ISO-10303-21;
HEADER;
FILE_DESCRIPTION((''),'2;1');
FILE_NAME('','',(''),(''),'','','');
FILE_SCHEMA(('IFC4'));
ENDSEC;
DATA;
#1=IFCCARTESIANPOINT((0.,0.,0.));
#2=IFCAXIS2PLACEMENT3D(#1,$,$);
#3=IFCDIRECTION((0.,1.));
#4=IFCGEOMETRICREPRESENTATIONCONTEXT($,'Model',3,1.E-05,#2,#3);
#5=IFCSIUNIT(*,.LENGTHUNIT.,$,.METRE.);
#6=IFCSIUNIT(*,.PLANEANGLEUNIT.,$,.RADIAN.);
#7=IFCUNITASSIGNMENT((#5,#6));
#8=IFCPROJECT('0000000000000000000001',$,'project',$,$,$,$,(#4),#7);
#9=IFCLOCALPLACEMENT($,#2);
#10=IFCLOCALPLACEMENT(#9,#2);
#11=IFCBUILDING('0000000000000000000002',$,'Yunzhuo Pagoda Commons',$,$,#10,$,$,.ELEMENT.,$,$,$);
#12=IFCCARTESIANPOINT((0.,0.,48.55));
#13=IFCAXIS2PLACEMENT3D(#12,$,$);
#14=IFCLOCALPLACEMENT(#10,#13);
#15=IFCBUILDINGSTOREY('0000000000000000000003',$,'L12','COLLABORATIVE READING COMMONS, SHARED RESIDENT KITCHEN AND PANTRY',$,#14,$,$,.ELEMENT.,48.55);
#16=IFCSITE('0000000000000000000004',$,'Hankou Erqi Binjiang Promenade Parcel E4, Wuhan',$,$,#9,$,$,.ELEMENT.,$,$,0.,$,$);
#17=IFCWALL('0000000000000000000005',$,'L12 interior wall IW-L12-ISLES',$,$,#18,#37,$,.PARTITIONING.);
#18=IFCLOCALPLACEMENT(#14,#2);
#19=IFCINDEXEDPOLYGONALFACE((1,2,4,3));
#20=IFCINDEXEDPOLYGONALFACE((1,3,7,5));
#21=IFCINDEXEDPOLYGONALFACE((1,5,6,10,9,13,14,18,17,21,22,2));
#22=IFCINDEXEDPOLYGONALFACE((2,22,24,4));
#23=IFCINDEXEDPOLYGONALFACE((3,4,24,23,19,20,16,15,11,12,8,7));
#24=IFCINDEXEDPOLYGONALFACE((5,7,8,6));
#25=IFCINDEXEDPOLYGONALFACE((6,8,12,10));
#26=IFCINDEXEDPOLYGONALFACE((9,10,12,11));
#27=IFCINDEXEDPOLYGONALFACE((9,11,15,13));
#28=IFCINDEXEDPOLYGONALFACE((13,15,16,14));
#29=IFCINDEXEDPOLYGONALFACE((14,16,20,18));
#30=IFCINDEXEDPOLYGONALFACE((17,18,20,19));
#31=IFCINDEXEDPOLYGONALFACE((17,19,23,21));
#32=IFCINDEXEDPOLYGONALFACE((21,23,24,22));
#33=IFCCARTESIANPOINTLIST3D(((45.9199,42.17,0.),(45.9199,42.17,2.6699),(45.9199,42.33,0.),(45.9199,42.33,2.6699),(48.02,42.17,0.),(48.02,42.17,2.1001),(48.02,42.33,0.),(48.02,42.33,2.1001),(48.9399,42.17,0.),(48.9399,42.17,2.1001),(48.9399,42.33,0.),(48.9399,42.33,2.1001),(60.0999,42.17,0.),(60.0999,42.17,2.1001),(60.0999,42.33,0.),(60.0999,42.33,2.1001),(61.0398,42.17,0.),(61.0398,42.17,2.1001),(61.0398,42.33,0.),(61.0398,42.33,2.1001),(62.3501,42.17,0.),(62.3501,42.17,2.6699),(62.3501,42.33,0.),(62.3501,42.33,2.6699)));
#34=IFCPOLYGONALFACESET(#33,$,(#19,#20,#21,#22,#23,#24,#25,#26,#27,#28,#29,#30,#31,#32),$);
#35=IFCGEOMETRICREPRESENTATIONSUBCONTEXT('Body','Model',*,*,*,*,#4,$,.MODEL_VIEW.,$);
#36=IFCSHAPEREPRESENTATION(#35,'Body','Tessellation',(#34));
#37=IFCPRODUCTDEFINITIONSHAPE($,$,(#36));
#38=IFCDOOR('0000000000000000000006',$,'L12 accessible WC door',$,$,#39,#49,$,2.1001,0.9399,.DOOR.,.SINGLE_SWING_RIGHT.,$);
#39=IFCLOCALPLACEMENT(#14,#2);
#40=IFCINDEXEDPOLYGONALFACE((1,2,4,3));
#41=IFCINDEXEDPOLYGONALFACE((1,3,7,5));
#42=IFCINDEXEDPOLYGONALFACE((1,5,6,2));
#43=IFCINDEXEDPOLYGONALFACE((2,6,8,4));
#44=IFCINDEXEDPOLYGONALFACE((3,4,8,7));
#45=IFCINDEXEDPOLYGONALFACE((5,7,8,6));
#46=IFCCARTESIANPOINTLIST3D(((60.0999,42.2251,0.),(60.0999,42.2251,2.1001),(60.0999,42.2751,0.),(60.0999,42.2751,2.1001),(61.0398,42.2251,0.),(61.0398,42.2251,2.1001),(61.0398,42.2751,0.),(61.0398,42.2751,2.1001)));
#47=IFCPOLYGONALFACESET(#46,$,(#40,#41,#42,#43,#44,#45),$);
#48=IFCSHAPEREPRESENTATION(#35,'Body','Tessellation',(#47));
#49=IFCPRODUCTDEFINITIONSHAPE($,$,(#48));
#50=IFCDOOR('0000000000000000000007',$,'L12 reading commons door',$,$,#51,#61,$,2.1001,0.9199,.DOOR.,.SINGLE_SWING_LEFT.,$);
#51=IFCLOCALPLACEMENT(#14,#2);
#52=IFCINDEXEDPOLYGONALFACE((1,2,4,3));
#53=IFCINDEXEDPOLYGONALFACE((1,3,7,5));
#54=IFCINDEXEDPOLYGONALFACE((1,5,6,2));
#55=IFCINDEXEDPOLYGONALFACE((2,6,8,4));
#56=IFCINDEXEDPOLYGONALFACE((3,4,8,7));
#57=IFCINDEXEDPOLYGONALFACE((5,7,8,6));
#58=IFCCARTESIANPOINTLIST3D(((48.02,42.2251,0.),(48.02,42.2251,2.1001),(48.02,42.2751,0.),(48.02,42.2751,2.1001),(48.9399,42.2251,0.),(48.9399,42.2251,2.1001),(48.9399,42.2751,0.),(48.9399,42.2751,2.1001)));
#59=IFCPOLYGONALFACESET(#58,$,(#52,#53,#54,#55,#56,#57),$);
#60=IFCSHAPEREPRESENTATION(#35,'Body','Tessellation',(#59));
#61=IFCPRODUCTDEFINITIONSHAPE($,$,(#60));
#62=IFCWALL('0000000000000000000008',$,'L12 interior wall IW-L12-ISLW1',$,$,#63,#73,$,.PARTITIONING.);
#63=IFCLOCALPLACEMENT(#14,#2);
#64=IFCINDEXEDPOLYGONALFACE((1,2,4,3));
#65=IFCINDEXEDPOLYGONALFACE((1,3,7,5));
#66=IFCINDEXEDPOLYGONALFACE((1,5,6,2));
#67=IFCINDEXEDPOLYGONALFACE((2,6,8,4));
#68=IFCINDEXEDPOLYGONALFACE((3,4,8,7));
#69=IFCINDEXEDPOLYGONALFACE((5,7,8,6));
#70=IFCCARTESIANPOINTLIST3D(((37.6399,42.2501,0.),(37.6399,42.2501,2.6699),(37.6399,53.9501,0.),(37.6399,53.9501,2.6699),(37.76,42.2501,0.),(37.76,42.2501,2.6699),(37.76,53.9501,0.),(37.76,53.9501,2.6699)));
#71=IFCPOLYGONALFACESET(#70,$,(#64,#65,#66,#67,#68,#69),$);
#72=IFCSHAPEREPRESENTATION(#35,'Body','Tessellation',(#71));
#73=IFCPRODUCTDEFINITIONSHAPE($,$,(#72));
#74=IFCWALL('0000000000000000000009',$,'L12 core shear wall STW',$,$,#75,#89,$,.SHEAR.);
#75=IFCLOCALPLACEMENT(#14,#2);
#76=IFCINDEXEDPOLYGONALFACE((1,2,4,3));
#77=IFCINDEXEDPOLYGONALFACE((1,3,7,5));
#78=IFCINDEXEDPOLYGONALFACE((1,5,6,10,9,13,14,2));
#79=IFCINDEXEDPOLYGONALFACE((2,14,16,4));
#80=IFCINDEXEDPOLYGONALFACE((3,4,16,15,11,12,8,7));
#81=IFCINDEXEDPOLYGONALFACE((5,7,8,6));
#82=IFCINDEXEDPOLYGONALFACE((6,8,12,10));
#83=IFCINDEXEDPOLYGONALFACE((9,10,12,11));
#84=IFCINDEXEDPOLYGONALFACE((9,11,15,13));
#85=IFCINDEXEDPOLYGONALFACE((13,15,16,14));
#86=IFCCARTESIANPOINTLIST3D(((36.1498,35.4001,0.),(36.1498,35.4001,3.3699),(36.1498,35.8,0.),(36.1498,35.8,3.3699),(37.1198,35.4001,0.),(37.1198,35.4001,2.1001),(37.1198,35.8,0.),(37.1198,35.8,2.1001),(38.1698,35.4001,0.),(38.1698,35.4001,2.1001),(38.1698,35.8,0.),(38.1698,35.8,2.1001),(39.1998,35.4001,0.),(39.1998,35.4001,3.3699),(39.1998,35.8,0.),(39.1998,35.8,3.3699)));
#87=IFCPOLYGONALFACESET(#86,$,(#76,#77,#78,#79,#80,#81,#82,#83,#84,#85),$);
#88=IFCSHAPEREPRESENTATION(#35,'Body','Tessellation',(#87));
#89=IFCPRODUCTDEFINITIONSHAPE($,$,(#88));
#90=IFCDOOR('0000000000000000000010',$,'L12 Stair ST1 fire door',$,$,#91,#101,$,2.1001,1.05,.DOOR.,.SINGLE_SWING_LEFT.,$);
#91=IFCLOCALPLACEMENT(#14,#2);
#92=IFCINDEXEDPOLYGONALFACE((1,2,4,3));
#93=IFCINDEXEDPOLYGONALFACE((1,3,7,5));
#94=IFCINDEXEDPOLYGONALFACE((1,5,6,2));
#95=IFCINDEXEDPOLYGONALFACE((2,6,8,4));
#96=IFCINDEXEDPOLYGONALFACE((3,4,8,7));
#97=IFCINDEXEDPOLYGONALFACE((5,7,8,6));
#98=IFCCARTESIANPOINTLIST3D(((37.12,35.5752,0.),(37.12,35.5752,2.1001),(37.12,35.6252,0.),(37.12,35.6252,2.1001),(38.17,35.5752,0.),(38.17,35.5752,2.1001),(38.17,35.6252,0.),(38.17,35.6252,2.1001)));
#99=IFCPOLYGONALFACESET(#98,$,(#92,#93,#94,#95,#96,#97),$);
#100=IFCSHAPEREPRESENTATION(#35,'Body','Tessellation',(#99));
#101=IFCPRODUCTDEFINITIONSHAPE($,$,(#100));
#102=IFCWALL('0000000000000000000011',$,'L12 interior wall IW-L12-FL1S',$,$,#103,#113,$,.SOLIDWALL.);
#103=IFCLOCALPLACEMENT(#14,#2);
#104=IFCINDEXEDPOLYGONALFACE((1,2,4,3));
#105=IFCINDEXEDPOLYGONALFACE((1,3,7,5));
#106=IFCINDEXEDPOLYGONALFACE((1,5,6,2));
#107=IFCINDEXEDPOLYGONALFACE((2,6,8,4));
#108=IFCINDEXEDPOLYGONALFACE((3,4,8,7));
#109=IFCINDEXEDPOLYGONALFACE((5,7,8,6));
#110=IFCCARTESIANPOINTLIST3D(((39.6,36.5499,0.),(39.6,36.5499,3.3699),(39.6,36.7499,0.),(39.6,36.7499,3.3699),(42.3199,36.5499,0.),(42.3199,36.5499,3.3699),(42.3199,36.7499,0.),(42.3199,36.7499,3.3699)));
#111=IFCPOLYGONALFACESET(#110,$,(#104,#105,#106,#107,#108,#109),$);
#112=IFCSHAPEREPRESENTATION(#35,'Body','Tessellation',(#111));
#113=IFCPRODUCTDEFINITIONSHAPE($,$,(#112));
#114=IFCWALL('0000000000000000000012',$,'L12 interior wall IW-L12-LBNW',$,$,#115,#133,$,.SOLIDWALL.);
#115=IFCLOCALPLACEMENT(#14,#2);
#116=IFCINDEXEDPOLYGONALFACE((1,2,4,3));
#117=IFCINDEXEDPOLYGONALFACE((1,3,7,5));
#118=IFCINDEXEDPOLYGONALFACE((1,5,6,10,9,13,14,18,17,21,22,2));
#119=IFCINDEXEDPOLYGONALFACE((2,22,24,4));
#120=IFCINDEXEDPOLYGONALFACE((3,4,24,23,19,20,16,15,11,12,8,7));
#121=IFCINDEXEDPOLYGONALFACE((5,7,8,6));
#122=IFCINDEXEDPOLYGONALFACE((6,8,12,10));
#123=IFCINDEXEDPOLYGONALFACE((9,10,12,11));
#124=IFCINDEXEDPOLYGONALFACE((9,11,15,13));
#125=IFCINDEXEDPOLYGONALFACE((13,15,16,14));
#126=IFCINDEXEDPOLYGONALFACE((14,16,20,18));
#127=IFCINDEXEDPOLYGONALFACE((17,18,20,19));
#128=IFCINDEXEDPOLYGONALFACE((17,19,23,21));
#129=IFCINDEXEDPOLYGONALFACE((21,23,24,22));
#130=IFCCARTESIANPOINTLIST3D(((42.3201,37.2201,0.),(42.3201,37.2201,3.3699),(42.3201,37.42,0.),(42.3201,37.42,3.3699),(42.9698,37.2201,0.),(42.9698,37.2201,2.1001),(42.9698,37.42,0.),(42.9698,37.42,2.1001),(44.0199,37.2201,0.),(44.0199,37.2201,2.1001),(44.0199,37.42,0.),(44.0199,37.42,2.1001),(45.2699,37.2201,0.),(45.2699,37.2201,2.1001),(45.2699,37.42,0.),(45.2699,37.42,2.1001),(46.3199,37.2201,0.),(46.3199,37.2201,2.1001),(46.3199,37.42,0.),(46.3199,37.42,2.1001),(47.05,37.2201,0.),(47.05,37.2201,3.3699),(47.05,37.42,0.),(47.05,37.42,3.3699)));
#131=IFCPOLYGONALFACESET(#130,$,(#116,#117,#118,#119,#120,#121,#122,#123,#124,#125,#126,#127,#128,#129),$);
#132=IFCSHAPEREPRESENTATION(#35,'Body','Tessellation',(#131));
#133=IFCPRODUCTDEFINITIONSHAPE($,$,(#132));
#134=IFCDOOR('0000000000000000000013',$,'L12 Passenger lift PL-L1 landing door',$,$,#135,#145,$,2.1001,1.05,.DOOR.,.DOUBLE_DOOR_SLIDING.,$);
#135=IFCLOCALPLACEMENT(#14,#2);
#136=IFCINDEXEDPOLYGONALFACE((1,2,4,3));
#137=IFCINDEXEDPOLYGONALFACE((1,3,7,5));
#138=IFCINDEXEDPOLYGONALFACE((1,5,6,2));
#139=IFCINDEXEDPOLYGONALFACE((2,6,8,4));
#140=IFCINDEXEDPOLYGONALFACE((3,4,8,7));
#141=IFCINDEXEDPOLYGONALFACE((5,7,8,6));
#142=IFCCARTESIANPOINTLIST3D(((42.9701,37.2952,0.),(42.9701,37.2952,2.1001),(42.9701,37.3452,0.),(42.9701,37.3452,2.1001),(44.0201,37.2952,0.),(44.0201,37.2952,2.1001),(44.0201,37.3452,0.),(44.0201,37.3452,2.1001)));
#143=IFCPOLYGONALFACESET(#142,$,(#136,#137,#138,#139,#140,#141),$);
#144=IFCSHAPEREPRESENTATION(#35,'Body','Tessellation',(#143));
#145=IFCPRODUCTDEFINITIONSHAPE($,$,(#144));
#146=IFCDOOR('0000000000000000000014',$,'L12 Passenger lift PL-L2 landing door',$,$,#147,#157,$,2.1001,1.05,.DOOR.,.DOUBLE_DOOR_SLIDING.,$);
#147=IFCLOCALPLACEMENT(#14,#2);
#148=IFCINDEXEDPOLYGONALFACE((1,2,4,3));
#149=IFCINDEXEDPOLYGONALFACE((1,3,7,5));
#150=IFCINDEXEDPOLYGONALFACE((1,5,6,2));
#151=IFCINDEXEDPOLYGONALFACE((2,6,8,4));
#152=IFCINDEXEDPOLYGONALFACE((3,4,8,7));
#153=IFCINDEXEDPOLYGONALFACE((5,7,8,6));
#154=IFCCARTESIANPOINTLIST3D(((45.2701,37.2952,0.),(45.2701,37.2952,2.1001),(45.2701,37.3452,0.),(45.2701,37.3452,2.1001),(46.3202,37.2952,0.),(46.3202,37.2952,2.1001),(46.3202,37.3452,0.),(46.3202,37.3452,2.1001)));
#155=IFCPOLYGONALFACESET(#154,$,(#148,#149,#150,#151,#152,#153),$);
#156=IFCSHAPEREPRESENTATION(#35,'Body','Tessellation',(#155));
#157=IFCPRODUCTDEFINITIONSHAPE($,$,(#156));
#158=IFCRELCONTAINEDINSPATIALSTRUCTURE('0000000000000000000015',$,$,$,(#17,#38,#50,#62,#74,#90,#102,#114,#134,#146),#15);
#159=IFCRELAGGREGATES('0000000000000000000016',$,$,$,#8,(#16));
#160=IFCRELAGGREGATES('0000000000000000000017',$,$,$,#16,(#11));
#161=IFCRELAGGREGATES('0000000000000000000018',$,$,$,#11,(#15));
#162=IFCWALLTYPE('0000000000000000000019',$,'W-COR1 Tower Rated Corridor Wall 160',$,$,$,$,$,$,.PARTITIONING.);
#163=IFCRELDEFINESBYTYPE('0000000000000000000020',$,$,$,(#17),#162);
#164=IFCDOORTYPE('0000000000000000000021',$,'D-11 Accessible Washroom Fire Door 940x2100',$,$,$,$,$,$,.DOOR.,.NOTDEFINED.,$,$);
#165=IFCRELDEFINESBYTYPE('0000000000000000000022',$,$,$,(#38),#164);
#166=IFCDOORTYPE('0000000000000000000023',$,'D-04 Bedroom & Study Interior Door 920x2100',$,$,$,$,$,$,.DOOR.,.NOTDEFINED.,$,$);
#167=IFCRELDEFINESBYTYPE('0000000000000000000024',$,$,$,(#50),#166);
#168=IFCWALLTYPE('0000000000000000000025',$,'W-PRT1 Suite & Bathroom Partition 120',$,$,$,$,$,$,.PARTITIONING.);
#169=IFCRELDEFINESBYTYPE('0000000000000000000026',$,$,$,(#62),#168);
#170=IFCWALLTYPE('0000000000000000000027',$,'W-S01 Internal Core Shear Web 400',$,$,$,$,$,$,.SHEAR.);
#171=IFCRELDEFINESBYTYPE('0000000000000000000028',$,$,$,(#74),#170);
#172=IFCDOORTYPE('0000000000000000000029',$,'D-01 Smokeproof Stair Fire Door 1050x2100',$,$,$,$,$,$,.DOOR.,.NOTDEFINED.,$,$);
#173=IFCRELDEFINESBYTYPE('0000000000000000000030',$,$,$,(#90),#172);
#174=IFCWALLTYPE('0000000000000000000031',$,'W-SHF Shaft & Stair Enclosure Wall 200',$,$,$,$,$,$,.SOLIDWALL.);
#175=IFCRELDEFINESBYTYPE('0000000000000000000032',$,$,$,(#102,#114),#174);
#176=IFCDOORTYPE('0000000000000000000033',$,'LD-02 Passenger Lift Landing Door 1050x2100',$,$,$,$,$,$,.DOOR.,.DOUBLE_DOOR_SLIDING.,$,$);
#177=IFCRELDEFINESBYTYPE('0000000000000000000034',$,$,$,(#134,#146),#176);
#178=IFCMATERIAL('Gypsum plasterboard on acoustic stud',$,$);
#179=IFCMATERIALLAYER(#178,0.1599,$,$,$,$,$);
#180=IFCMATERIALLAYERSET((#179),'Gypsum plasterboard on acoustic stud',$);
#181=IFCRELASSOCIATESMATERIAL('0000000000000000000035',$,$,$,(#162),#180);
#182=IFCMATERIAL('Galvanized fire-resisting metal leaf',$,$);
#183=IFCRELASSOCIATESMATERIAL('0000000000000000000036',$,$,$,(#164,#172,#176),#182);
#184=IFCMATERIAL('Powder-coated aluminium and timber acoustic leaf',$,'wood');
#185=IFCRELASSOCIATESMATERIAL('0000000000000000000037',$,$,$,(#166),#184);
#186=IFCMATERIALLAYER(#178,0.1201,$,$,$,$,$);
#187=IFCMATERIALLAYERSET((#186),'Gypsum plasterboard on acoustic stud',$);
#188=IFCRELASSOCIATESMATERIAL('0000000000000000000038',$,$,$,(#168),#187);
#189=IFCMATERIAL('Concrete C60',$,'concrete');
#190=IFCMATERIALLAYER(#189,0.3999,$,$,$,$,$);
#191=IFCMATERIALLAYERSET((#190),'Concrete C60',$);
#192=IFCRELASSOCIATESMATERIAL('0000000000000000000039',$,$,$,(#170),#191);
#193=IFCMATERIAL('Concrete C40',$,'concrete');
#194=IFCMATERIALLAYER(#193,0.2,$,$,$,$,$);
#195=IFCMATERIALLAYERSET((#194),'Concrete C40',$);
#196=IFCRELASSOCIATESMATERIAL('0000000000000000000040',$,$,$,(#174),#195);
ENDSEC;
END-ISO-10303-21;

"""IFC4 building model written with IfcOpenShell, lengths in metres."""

from ifc_helpers import new_model, si_unit, direction, frame, frame_2d, origin, place, context, subcontext, project, spatial, rectangle, extrude, source, transform, mapped, material, layer, layer_set, type_object, element, fill, save


model = new_model("IFC4")

# Units and contexts
model_context = context("Model", 3, precision=1e-05, world=origin(), true_north=direction((0.0, 1.0)))
body_context = subcontext(model_context, "Body", "Model", "MODEL_VIEW")
ifc_project = project(units=[si_unit("LENGTHUNIT", "METRE"), si_unit("PLANEANGLEUNIT", "RADIAN")], contexts=[model_context])

# Site, building, storey
site_placement = place(None, origin())
site = spatial("IfcSite", under=ifc_project, at=site_placement, Name="Hankou Erqi Binjiang Promenade Parcel E4, Wuhan", CompositionType="ELEMENT", RefElevation=0.0)
building_placement = place(site_placement, origin())
building = spatial("IfcBuilding", under=site, at=building_placement, Name="Yunzhuo Pagoda Commons", CompositionType="ELEMENT")
storey_placement = place(building_placement, frame((0.0, 0.0, 48.55)))
storey = spatial("IfcBuildingStorey", under=building, at=storey_placement, Name="L12", Description="COLLABORATIVE READING COMMONS, SHARED RESIDENT KITCHEN AND PANTRY", CompositionType="ELEMENT", Elevation=48.55)

# Shared definitions
ifc_material_1 = material(Name="Concrete C60", Category="concrete")
ifc_material_2 = material(Name="Galvanized fire-resisting metal leaf")
shared_shape_1 = source(origin(), body_context, "Body", "SweptSolid", [
    extrude(rectangle(XDim=1.05, YDim=2.1001, at=frame_2d((0.5249, 1.05))), frame((0.0, 0.0249, 0.0), z_axis=(0.0, -1.0, 0.0), x_axis=(1.0, 0.0, 0.0)), (0.0, 0.0, 1.0), 0.05),
])

# Shared definitions
ifc_material_3 = material(Name="Gypsum plasterboard on acoustic stud")
ifc_layer_1 = layer(ifc_material_3, 0.1599)
ifc_layer_set_1 = layer_set([ifc_layer_1], Name="Gypsum plasterboard on acoustic stud")
wall_type_1 = type_object("IfcWallType", Name="W-COR1 Tower Rated Corridor Wall 160", PredefinedType="PARTITIONING", material=ifc_layer_set_1)

# Wall, openings, doors
wall_1_placement = place(storey_placement, frame((45.9199, 42.25, 0.0), z_axis=(0.0, 0.0, 1.0), x_axis=(1.0, 0.0, 0.0)))
wall_1 = element("IfcWall", 1, at=wall_1_placement, inside=storey, type_object=wall_type_1, Name="L12 interior wall IW-L12-ISLES", PredefinedType="PARTITIONING", context=body_context, shape_type="SweptSolid", body=[
    extrude(rectangle(XDim=16.4302, YDim=0.1599, at=frame_2d((8.2151, 0.0))), origin(), (0.0, 0.0, 1.0), 2.6699),
])
opening_1_placement = place(wall_1_placement, frame((2.1001, 0.0, 0.0)))
opening_1 = element("IfcOpeningElement", 2, at=opening_1_placement, cuts=wall_1, PredefinedType="OPENING", context=body_context, shape_type="SweptSolid", body=[
    extrude(rectangle(XDim=0.9199, YDim=2.1001, at=frame_2d((0.46, 1.05))), frame((0.0, 0.0898, 0.0), z_axis=(0.0, -1.0, 0.0), x_axis=(1.0, 0.0, 0.0)), (0.0, 0.0, 1.0), 0.1799),
])
opening_2_placement = place(wall_1_placement, frame((14.1799, 0.0, 0.0)))
opening_2 = element("IfcOpeningElement", 3, at=opening_2_placement, cuts=wall_1, PredefinedType="OPENING", context=body_context, shape_type="SweptSolid", body=[
    extrude(rectangle(XDim=0.9399, YDim=2.1001, at=frame_2d((0.47, 1.05))), frame((0.0, 0.0898, 0.0), z_axis=(0.0, -1.0, 0.0), x_axis=(1.0, 0.0, 0.0)), (0.0, 0.0, 1.0), 0.1799),
])
door_type_1 = type_object("IfcDoorType", Name="D-11 Accessible Washroom Fire Door 940x2100", OperationType="NOTDEFINED", PredefinedType="DOOR", material=ifc_material_2)
shared_shape_2 = source(origin(), body_context, "Body", "SweptSolid", [
    extrude(rectangle(XDim=0.9399, YDim=2.1001, at=frame_2d((0.47, 1.05))), frame((0.0, 0.0249, 0.0), z_axis=(0.0, -1.0, 0.0), x_axis=(1.0, 0.0, 0.0)), (0.0, 0.0, 1.0), 0.05),
])
door_1_placement = place(opening_2_placement, frame((0.9399, 0.0, 0.0), z_axis=(0.0, 0.0, 1.0), x_axis=(-1.0, 0.0, 0.0)))
door_1 = element("IfcDoor", 4, at=door_1_placement, inside=storey, type_object=door_type_1, Name="L12 accessible WC door", OperationType="SINGLE_SWING_RIGHT", OverallHeight=2.1001, OverallWidth=0.9399, PredefinedType="DOOR", context=body_context, shape_type="MappedRepresentation", body=[
    mapped(shared_shape_2, transform((0.0, 0.0, 0.0), scale=1.0)),
])
fill(opening_2, door_1)
ifc_material_4 = material(Name="Powder-coated aluminium and timber acoustic leaf", Category="wood")
door_type_2 = type_object("IfcDoorType", Name="D-04 Bedroom & Study Interior Door 920x2100", OperationType="NOTDEFINED", PredefinedType="DOOR", material=ifc_material_4)
shared_shape_3 = source(origin(), body_context, "Body", "SweptSolid", [
    extrude(rectangle(XDim=0.9199, YDim=2.1001, at=frame_2d((0.46, 1.05))), frame((0.0, 0.0249, 0.0), z_axis=(0.0, -1.0, 0.0), x_axis=(1.0, 0.0, 0.0)), (0.0, 0.0, 1.0), 0.05),
])
door_2_placement = place(opening_1_placement, frame((0.9199, 0.0, 0.0), z_axis=(0.0, 0.0, 1.0), x_axis=(-1.0, 0.0, 0.0)))
door_2 = element("IfcDoor", 5, at=door_2_placement, inside=storey, type_object=door_type_2, Name="L12 reading commons door", OperationType="SINGLE_SWING_LEFT", OverallHeight=2.1001, OverallWidth=0.9199, PredefinedType="DOOR", context=body_context, shape_type="MappedRepresentation", body=[
    mapped(shared_shape_3, transform((0.0, 0.0, 0.0), scale=1.0)),
])
fill(opening_1, door_2)

# Wall
ifc_layer_2 = layer(ifc_material_3, 0.1201)
ifc_layer_set_2 = layer_set([ifc_layer_2], Name="Gypsum plasterboard on acoustic stud")
wall_type_2 = type_object("IfcWallType", Name="W-PRT1 Suite & Bathroom Partition 120", PredefinedType="PARTITIONING", material=ifc_layer_set_2)
wall_2_placement = place(storey_placement, frame((37.7, 42.25, 0.0), z_axis=(0.0, 0.0, 1.0), x_axis=(0.0, 1.0, 0.0)))
element("IfcWall", 6, at=wall_2_placement, inside=storey, type_object=wall_type_2, Name="L12 interior wall IW-L12-ISLW1", PredefinedType="PARTITIONING", context=body_context, shape_type="SweptSolid", body=[
    extrude(rectangle(XDim=11.7, YDim=0.1201, at=frame_2d((5.8501, 0.0))), origin(), (0.0, 0.0, 1.0), 2.6699),
])

# Wall, opening, door
ifc_layer_3 = layer(ifc_material_1, 0.3999)
ifc_layer_set_3 = layer_set([ifc_layer_3], Name="Concrete C60")
wall_type_3 = type_object("IfcWallType", Name="W-S01 Internal Core Shear Web 400", PredefinedType="SHEAR", material=ifc_layer_set_3)
wall_3_placement = place(storey_placement, frame((36.1499, 35.6001, 0.0), z_axis=(0.0, 0.0, 1.0), x_axis=(1.0, 0.0, 0.0)))
wall_3 = element("IfcWall", 7, at=wall_3_placement, inside=storey, type_object=wall_type_3, Name="L12 core shear wall STW", PredefinedType="SHEAR", context=body_context, shape_type="SweptSolid", body=[
    extrude(rectangle(XDim=3.05, YDim=0.3999, at=frame_2d((1.5249, 0.0))), origin(), (0.0, 0.0, 1.0), 3.3699),
])
opening_3_placement = place(wall_3_placement, frame((0.97, 0.0, 0.0)))
opening_3 = element("IfcOpeningElement", 8, at=opening_3_placement, cuts=wall_3, PredefinedType="OPENING", context=body_context, shape_type="SweptSolid", body=[
    extrude(rectangle(XDim=1.05, YDim=2.1001, at=frame_2d((0.5249, 1.05))), frame((0.0, 0.21, 0.0), z_axis=(0.0, -1.0, 0.0), x_axis=(1.0, 0.0, 0.0)), (0.0, 0.0, 1.0), 0.4199),
])
door_type_3 = type_object("IfcDoorType", Name="D-01 Smokeproof Stair Fire Door 1050x2100", OperationType="NOTDEFINED", PredefinedType="DOOR", material=ifc_material_2)
door_3_placement = place(opening_3_placement, frame((1.05, 0.0, 0.0), z_axis=(0.0, 0.0, 1.0), x_axis=(-1.0, 0.0, 0.0)))
door_3 = element("IfcDoor", 9, at=door_3_placement, inside=storey, type_object=door_type_3, Name="L12 Stair ST1 fire door", OperationType="SINGLE_SWING_LEFT", OverallHeight=2.1001, OverallWidth=1.05, PredefinedType="DOOR", context=body_context, shape_type="MappedRepresentation", body=[
    mapped(shared_shape_1, transform((0.0, 0.0, 0.0), scale=1.0)),
])
fill(opening_3, door_3)

# Wall
ifc_material_5 = material(Name="Concrete C40", Category="concrete")
ifc_layer_4 = layer(ifc_material_5, 0.2)
ifc_layer_set_4 = layer_set([ifc_layer_4], Name="Concrete C40")
wall_type_4 = type_object("IfcWallType", Name="W-SHF Shaft & Stair Enclosure Wall 200", PredefinedType="SOLIDWALL", material=ifc_layer_set_4)
wall_4_placement = place(storey_placement, frame((39.6001, 36.6499, 0.0), z_axis=(0.0, 0.0, 1.0), x_axis=(1.0, 0.0, 0.0)))
element("IfcWall", 10, at=wall_4_placement, inside=storey, type_object=wall_type_4, Name="L12 interior wall IW-L12-FL1S", PredefinedType="SOLIDWALL", context=body_context, shape_type="SweptSolid", body=[
    extrude(rectangle(XDim=2.72, YDim=0.2, at=frame_2d((1.3599, 0.0))), origin(), (0.0, 0.0, 1.0), 3.3699),
])

# Wall, openings, doors
wall_5_placement = place(storey_placement, frame((42.3201, 37.3201, 0.0), z_axis=(0.0, 0.0, 1.0), x_axis=(1.0, 0.0, 0.0)))
wall_5 = element("IfcWall", 11, at=wall_5_placement, inside=storey, type_object=wall_type_4, Name="L12 interior wall IW-L12-LBNW", PredefinedType="SOLIDWALL", context=body_context, shape_type="SweptSolid", body=[
    extrude(rectangle(XDim=4.73, YDim=0.2, at=frame_2d((2.365, 0.0))), origin(), (0.0, 0.0, 1.0), 3.3699),
])
opening_4_placement = place(wall_5_placement, frame((0.6499, 0.0, 0.0)))
opening_4 = element("IfcOpeningElement", 12, at=opening_4_placement, cuts=wall_5, PredefinedType="OPENING", context=body_context, shape_type="SweptSolid", body=[
    extrude(rectangle(XDim=1.05, YDim=2.1001, at=frame_2d((0.5249, 1.05))), frame((0.0, 0.1099, 0.0), z_axis=(0.0, -1.0, 0.0), x_axis=(1.0, 0.0, 0.0)), (0.0, 0.0, 1.0), 0.22),
])
opening_5_placement = place(wall_5_placement, frame((2.95, 0.0, 0.0)))
opening_5 = element("IfcOpeningElement", 13, at=opening_5_placement, cuts=wall_5, PredefinedType="OPENING", context=body_context, shape_type="SweptSolid", body=[
    extrude(rectangle(XDim=1.05, YDim=2.1001, at=frame_2d((0.5249, 1.05))), frame((0.0, 0.1099, 0.0), z_axis=(0.0, -1.0, 0.0), x_axis=(1.0, 0.0, 0.0)), (0.0, 0.0, 1.0), 0.22),
])
door_type_4 = type_object("IfcDoorType", Name="LD-02 Passenger Lift Landing Door 1050x2100", OperationType="DOUBLE_DOOR_SLIDING", PredefinedType="DOOR", material=ifc_material_2)
door_4_placement = place(opening_4_placement, frame((1.05, 0.0, 0.0), z_axis=(0.0, 0.0, 1.0), x_axis=(-1.0, 0.0, 0.0)))
door_4 = element("IfcDoor", 14, at=door_4_placement, inside=storey, type_object=door_type_4, Name="L12 Passenger lift PL-L1 landing door", OperationType="DOUBLE_DOOR_SLIDING", OverallHeight=2.1001, OverallWidth=1.05, PredefinedType="DOOR", context=body_context, shape_type="MappedRepresentation", body=[
    mapped(shared_shape_1, transform((0.0, 0.0, 0.0), scale=1.0)),
])
fill(opening_4, door_4)
door_5_placement = place(opening_5_placement, frame((1.05, 0.0, 0.0), z_axis=(0.0, 0.0, 1.0), x_axis=(-1.0, 0.0, 0.0)))
door_5 = element("IfcDoor", 15, at=door_5_placement, inside=storey, type_object=door_type_4, Name="L12 Passenger lift PL-L2 landing door", OperationType="DOUBLE_DOOR_SLIDING", OverallHeight=2.1001, OverallWidth=1.05, PredefinedType="DOOR", context=body_context, shape_type="MappedRepresentation", body=[
    mapped(shared_shape_1, transform((0.0, 0.0, 0.0), scale=1.0)),
])
fill(opening_5, door_5)

save(model, "model.ifc")
